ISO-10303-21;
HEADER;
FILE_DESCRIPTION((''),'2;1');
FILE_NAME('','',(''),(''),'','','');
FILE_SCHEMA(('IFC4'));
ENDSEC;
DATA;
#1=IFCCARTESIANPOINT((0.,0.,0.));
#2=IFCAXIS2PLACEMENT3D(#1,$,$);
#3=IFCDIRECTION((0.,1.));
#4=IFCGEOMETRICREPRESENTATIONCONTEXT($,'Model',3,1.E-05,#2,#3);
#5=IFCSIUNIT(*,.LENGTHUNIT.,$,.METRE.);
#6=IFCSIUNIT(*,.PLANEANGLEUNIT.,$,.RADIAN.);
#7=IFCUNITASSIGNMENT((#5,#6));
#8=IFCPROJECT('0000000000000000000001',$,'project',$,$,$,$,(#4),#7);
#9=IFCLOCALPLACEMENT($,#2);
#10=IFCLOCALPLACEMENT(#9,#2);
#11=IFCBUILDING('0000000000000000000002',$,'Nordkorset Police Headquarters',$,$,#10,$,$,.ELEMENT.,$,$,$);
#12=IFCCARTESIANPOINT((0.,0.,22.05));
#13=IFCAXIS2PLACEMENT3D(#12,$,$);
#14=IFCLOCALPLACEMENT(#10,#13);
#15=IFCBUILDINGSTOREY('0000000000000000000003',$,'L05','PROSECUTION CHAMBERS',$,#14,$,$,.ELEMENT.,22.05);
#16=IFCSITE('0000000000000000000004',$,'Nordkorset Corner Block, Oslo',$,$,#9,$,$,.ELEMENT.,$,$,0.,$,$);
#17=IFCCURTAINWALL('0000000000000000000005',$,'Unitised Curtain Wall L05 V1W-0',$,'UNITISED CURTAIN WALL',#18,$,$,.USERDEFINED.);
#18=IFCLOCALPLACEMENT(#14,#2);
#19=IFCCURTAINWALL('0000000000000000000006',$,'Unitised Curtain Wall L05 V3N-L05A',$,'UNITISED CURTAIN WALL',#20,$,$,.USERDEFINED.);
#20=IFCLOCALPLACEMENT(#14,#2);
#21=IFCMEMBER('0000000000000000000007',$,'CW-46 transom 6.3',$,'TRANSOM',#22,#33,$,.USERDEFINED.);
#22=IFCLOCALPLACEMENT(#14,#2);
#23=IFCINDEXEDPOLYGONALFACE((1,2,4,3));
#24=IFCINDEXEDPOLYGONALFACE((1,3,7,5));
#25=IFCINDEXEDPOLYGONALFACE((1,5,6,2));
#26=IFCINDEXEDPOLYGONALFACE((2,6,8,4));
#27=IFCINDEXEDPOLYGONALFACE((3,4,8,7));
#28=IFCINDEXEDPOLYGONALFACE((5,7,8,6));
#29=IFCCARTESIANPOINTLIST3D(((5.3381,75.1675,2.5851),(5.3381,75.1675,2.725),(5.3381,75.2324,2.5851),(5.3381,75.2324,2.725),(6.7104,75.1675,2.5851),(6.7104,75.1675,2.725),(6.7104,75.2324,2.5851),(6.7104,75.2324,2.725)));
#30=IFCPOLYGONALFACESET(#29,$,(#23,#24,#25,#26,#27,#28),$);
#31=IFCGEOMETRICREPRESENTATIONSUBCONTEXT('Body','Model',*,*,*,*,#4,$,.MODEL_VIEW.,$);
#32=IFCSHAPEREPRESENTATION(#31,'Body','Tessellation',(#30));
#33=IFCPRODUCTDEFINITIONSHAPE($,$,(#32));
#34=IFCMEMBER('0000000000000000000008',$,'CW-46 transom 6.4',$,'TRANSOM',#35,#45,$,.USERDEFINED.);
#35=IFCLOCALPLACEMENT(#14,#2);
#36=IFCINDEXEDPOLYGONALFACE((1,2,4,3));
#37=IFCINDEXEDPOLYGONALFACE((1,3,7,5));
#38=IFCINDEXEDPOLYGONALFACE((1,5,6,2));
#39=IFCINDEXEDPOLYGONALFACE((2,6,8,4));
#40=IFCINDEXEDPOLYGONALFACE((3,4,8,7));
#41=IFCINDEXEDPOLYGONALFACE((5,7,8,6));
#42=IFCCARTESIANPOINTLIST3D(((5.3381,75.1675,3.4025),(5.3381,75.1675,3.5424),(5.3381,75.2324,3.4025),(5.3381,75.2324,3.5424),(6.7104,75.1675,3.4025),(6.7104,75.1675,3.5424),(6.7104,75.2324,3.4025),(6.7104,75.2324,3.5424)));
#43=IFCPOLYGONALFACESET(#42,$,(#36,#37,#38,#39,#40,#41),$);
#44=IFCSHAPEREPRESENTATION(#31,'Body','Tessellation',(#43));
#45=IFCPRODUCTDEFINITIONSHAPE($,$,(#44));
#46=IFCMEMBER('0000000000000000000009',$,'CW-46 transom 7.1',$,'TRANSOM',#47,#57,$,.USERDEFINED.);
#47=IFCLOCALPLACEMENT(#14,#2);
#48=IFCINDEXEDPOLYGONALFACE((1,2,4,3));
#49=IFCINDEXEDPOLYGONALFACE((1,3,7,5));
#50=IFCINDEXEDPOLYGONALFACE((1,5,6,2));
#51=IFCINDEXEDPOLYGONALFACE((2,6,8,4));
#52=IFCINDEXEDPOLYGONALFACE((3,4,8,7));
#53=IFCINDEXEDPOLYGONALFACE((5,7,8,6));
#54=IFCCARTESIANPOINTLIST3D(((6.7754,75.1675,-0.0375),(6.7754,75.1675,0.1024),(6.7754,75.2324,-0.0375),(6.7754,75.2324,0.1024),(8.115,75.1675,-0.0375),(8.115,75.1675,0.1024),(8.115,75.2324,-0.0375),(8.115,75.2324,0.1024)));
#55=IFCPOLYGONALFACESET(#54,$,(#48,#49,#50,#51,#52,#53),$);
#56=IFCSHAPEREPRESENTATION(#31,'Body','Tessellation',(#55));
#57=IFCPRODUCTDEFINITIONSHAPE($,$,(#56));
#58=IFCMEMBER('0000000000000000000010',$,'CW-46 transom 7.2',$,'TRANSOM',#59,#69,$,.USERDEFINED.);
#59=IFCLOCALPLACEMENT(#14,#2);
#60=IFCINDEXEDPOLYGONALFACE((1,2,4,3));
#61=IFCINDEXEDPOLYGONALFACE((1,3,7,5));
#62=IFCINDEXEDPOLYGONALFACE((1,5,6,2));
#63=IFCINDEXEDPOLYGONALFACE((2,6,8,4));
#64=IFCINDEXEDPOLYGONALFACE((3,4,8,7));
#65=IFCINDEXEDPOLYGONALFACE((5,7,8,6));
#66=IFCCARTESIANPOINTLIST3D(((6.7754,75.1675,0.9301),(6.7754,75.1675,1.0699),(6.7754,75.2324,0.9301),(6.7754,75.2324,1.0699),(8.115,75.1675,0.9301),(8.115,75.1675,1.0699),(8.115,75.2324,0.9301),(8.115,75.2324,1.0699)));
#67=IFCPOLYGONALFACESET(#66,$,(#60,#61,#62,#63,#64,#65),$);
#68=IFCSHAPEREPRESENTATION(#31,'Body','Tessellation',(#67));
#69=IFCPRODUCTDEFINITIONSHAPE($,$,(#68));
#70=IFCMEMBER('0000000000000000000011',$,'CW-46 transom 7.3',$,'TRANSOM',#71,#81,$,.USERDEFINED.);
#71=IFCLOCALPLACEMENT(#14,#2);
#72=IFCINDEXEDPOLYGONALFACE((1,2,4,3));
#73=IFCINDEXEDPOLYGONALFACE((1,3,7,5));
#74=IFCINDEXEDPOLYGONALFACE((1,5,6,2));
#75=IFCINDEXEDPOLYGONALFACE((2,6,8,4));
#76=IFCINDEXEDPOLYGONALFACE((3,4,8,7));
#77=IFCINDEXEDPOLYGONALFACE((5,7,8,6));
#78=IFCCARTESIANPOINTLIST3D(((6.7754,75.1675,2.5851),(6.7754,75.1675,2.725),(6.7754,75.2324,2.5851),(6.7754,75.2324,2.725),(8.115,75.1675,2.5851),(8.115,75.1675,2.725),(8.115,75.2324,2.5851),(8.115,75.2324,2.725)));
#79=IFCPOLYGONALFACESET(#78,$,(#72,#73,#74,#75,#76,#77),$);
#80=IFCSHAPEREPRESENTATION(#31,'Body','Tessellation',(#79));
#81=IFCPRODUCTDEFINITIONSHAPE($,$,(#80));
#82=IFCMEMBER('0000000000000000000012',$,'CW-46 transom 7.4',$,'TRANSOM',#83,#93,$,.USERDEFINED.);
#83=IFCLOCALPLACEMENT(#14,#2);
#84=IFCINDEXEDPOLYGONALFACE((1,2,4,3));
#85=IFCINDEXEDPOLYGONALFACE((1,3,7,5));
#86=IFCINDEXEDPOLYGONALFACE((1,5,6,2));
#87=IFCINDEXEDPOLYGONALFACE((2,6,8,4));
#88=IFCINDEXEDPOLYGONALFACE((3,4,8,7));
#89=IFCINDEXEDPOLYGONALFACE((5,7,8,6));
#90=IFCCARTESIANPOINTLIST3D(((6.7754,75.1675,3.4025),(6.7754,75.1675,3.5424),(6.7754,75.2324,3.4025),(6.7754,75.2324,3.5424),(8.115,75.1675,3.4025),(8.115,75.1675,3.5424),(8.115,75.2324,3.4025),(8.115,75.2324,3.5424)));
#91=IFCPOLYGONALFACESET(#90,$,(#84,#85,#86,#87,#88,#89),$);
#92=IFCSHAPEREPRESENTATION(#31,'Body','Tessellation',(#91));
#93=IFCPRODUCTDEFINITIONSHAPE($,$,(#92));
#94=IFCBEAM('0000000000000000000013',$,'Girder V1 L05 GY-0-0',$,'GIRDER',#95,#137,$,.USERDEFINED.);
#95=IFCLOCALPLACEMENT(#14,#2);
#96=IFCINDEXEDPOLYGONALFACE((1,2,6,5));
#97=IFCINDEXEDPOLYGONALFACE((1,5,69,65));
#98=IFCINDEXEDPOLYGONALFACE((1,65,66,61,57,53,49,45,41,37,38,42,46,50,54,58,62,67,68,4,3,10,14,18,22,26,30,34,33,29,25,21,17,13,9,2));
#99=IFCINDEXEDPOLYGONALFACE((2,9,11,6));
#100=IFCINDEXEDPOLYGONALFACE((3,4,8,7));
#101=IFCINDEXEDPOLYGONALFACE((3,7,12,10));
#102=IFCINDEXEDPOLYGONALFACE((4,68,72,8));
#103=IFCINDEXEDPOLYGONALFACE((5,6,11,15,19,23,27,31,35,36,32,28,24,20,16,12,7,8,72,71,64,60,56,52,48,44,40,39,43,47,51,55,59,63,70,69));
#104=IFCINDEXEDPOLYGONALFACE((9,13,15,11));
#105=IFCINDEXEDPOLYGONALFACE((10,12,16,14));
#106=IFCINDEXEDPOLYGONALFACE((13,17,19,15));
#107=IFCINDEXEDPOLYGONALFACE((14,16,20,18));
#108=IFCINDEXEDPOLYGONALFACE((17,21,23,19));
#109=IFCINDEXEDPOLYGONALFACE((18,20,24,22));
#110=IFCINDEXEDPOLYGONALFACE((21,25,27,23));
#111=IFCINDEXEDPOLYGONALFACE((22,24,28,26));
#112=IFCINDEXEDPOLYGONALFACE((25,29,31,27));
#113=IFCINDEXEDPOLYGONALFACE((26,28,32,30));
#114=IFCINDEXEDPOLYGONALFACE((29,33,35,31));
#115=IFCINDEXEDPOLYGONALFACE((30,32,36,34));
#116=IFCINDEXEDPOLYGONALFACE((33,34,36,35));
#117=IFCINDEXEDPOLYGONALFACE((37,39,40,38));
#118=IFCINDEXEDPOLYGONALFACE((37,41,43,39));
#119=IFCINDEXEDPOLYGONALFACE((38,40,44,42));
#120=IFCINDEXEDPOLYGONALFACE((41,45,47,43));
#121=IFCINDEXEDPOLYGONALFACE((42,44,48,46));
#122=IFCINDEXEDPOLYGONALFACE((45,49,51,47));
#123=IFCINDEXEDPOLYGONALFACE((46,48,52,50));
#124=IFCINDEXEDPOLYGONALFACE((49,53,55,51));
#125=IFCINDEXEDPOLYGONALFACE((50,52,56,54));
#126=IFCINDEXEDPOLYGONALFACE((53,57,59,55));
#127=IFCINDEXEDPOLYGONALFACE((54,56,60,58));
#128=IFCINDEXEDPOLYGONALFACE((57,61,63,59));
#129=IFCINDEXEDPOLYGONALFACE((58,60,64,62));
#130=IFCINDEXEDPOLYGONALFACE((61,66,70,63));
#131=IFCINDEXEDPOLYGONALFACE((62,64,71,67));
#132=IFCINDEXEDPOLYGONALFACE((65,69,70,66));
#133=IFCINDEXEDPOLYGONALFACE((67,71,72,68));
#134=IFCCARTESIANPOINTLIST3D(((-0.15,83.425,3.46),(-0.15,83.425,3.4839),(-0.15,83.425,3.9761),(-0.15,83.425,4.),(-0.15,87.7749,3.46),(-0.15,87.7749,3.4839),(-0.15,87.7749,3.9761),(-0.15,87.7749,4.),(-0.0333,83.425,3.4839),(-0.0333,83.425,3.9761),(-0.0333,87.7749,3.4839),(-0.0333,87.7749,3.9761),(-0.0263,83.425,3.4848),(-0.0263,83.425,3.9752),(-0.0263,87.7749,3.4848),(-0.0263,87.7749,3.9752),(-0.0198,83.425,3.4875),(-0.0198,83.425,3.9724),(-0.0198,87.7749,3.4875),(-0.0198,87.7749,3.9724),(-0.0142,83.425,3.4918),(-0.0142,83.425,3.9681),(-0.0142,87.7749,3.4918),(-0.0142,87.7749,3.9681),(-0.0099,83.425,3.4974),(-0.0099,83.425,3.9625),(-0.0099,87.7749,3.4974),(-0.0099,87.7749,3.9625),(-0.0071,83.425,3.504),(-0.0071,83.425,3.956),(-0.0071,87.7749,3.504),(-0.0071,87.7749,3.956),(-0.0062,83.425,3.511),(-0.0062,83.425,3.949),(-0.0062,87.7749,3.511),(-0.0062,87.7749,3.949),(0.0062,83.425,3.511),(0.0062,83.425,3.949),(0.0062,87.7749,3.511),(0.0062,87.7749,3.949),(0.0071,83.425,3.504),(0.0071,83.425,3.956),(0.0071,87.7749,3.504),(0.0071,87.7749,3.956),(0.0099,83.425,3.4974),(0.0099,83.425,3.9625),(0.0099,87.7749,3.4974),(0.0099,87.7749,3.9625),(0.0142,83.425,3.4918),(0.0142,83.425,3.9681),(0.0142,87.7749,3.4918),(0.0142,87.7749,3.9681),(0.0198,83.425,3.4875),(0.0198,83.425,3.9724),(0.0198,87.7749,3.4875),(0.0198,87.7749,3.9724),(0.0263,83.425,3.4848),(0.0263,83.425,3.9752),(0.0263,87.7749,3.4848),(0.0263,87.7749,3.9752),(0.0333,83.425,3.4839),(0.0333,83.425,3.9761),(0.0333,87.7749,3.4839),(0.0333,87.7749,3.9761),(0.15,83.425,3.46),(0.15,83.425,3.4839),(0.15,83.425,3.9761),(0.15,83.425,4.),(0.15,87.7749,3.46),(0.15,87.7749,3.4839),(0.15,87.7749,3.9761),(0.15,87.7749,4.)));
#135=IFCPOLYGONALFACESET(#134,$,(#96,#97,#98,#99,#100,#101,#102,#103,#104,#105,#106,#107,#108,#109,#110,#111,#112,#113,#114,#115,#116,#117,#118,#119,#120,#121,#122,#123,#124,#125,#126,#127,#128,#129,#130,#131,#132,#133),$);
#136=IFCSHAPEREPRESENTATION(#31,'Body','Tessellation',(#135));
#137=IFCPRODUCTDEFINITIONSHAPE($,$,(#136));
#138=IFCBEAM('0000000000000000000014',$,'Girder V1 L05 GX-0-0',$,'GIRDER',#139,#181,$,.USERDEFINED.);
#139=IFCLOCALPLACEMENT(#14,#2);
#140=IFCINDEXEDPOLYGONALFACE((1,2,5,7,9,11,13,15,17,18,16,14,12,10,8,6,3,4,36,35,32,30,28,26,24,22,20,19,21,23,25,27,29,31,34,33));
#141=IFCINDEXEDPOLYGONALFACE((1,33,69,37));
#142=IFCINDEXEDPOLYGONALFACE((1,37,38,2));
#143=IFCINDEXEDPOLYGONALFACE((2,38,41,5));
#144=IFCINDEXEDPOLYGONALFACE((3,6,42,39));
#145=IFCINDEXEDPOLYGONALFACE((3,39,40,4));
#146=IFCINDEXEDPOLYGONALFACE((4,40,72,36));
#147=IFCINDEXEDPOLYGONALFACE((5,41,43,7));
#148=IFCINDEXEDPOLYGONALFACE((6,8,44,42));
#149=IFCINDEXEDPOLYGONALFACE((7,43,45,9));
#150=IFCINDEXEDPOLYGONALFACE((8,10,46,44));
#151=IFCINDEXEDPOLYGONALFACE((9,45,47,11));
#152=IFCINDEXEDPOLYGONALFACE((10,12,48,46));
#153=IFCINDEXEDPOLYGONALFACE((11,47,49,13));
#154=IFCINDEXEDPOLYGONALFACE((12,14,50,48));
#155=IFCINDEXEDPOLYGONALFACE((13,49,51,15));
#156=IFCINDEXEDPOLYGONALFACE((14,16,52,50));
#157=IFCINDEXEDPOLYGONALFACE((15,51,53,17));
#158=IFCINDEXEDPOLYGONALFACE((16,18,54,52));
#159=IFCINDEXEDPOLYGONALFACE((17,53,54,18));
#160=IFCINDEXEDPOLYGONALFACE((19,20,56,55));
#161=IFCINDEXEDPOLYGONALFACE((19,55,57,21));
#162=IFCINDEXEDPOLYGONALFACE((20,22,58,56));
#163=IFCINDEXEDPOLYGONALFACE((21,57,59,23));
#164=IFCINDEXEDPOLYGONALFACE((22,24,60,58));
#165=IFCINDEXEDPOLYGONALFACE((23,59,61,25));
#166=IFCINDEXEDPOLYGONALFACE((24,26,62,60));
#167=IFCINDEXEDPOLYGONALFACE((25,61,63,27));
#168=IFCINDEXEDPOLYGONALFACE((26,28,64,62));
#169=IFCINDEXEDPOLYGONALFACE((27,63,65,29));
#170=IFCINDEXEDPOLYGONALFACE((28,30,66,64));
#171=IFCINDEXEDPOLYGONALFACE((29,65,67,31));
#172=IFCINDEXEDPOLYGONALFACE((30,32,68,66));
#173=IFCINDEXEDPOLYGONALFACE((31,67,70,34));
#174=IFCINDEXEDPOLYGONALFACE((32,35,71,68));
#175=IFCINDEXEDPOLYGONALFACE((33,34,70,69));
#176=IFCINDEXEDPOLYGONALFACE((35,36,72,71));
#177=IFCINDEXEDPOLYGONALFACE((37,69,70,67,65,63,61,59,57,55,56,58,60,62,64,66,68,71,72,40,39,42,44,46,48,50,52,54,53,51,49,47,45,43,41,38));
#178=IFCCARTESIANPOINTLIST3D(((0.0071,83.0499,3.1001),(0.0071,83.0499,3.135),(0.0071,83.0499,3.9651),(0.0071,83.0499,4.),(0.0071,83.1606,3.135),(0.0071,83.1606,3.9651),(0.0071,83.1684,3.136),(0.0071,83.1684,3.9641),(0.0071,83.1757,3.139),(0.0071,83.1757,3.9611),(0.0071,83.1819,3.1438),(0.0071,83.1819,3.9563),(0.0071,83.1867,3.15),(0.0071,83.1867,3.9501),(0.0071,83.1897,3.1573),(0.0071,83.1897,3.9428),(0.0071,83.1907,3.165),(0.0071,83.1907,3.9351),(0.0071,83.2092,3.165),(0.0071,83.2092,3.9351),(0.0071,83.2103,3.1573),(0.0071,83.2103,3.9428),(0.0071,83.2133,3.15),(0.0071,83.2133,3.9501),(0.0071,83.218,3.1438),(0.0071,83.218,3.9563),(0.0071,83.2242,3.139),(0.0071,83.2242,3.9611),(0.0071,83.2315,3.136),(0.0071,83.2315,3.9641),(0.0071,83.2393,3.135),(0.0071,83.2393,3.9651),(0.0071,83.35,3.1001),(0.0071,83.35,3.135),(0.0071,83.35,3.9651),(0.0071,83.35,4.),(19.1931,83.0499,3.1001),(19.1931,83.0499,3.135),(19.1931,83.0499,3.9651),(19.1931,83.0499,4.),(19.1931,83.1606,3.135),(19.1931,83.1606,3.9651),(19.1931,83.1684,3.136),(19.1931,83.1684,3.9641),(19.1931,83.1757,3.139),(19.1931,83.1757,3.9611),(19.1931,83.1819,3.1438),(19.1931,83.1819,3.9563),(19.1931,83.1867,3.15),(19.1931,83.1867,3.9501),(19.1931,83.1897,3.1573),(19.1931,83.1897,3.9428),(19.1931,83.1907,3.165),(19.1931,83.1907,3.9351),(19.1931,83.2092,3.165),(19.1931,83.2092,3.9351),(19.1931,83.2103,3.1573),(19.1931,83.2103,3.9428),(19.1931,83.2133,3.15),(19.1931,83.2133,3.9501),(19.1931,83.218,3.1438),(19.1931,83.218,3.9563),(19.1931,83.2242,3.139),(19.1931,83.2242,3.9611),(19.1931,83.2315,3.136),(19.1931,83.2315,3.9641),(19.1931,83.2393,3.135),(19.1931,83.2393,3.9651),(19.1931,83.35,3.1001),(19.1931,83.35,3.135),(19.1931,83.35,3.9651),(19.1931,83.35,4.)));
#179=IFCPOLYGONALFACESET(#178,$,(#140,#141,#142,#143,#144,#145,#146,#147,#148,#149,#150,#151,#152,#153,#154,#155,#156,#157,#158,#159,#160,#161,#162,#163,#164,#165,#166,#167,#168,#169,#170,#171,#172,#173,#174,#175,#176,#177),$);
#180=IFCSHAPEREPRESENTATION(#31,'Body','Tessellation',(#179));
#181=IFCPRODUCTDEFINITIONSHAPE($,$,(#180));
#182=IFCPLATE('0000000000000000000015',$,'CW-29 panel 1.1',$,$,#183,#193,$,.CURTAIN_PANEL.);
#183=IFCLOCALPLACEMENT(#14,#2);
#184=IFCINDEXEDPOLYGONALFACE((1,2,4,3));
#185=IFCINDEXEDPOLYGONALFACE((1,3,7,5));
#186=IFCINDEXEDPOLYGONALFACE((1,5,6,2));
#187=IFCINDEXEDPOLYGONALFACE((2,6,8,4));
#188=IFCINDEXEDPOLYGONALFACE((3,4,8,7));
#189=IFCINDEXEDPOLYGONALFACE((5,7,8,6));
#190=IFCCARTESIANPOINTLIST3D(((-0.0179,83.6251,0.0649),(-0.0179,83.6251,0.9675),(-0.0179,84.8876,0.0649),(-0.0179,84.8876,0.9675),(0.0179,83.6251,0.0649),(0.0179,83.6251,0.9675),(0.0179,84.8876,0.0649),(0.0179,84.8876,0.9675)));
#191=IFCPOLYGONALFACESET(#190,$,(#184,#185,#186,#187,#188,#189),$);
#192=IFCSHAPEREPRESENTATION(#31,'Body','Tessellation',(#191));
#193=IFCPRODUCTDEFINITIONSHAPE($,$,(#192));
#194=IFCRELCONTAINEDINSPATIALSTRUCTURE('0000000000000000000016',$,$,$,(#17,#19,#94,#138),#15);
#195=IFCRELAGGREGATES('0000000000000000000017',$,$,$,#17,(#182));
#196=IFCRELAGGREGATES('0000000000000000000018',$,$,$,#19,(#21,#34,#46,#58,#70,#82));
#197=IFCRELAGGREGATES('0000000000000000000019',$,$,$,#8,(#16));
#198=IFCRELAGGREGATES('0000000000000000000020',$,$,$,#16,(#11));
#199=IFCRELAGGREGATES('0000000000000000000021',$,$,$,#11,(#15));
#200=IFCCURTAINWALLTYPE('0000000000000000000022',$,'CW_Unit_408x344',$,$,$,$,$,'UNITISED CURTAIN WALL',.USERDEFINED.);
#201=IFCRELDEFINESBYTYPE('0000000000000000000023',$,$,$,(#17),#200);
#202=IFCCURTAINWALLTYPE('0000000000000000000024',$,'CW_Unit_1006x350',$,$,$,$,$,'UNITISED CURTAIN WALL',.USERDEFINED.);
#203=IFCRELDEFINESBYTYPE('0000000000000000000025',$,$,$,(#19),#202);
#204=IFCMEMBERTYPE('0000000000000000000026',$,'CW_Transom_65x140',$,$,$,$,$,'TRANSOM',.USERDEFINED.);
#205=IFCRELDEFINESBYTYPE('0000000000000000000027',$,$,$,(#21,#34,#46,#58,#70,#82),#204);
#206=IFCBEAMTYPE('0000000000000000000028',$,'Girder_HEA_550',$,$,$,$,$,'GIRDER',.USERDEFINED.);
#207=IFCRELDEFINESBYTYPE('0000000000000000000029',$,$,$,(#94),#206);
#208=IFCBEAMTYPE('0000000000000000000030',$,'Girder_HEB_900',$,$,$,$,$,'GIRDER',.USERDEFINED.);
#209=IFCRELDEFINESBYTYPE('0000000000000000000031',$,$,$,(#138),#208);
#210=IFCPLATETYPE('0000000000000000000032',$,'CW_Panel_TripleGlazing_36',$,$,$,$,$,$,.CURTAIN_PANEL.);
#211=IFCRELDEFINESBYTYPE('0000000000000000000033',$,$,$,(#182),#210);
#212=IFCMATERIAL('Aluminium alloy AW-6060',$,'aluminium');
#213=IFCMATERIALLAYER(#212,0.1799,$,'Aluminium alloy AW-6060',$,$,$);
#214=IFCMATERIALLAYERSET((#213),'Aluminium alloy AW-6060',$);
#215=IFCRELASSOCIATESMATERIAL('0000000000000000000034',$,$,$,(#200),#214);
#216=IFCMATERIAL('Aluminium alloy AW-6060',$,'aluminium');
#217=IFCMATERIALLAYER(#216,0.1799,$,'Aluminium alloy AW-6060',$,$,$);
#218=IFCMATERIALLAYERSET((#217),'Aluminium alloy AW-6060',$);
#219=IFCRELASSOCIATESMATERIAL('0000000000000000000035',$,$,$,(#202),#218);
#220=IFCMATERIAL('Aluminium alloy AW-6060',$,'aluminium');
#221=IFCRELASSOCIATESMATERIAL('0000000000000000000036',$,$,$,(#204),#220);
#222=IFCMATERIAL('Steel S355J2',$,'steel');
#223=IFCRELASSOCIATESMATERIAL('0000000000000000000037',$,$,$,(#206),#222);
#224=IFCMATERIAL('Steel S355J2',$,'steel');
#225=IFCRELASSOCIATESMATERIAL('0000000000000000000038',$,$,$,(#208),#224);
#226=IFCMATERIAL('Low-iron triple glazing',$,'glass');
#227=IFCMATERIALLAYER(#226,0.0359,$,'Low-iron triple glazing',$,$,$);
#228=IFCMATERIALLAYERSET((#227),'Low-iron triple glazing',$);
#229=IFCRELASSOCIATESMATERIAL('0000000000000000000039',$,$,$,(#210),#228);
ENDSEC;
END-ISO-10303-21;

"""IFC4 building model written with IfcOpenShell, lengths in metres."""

from ifc_helpers import new_model, si_unit, direction, frame, origin, origin_2d, place, context, subcontext, project, spatial, rectangle, i_section, extrude, material, layer, layer_set, material_profile, profile_set, type_object, element, aggregate, save


model = new_model("IFC4")

# Units and contexts
model_context = context("Model", 3, precision=1e-05, world=origin(), true_north=direction((0.0, 1.0)))
body_context = subcontext(model_context, "Body", "Model", "MODEL_VIEW")
ifc_project = project(units=[si_unit("LENGTHUNIT", "METRE"), si_unit("PLANEANGLEUNIT", "RADIAN")], contexts=[model_context])

# Site, building, storey
site_placement = place(None, origin())
site = spatial("IfcSite", under=ifc_project, at=site_placement, Name="Nordkorset Corner Block, Oslo", CompositionType="ELEMENT", RefElevation=0.0)
building_placement = place(site_placement, origin())
building = spatial("IfcBuilding", under=site, at=building_placement, Name="Nordkorset Police Headquarters", CompositionType="ELEMENT")
storey_placement = place(building_placement, frame((0.0, 0.0, 22.05)))
storey = spatial("IfcBuildingStorey", under=building, at=storey_placement, Name="L05", Description="PROSECUTION CHAMBERS", CompositionType="ELEMENT", Elevation=22.05)

# Curtain wall
ifc_material_1 = material(Name="Aluminium alloy AW-6060", Category="aluminium")
ifc_layer_1 = layer(ifc_material_1, 0.1799, Name="Aluminium alloy AW-6060")
ifc_layer_set_1 = layer_set([ifc_layer_1], Name="Aluminium alloy AW-6060")
curtain_wall_type_1 = type_object("IfcCurtainWallType", Name="CW_Unit_408x344", ElementType="UNITISED CURTAIN WALL", PredefinedType="USERDEFINED", material=ifc_layer_set_1)
curtain_wall_1_placement = place(storey_placement, origin())
curtain_wall_1 = element("IfcCurtainWall", 1, at=curtain_wall_1_placement, inside=storey, type_object=curtain_wall_type_1, Name="Unitised Curtain Wall L05 V1W-0", ObjectType="UNITISED CURTAIN WALL", PredefinedType="USERDEFINED")

# Curtain wall
ifc_material_2 = material(Name="Aluminium alloy AW-6060", Category="aluminium")
ifc_layer_2 = layer(ifc_material_2, 0.1799, Name="Aluminium alloy AW-6060")
ifc_layer_set_2 = layer_set([ifc_layer_2], Name="Aluminium alloy AW-6060")
curtain_wall_type_2 = type_object("IfcCurtainWallType", Name="CW_Unit_1006x350", ElementType="UNITISED CURTAIN WALL", PredefinedType="USERDEFINED", material=ifc_layer_set_2)
curtain_wall_2_placement = place(storey_placement, origin())
curtain_wall_2 = element("IfcCurtainWall", 2, at=curtain_wall_2_placement, inside=storey, type_object=curtain_wall_type_2, Name="Unitised Curtain Wall L05 V3N-L05A", ObjectType="UNITISED CURTAIN WALL", PredefinedType="USERDEFINED")

# Members
ifc_material_3 = material(Name="Aluminium alloy AW-6060", Category="aluminium")
ifc_material_profile_1 = material_profile(ifc_material_3, rectangle(XDim=0.0649, YDim=0.1399, at=origin_2d()), Name="ALU TRAN 65x140")
ifc_profile_set_1 = profile_set([ifc_material_profile_1], Name="Aluminium alloy AW-6060")
member_type_1 = type_object("IfcMemberType", Name="CW_Transom_65x140", ElementType="TRANSOM", PredefinedType="USERDEFINED", material=ifc_profile_set_1)
member_1_placement = place(storey_placement, frame((5.3381, 75.2, 2.655), z_axis=(1.0, 0.0, 0.0), x_axis=(0.0, 1.0, 0.0)))
member_1 = element("IfcMember", 3, at=member_1_placement, type_object=member_type_1, Name="CW-46 transom 6.3", ObjectType="TRANSOM", PredefinedType="USERDEFINED", context=body_context, shape_type="SweptSolid", body=[
    extrude(rectangle(XDim=0.0649, YDim=0.1399, at=origin_2d()), origin(), (0.0, 0.0, 1.0), 1.3723),
])
member_2_placement = place(storey_placement, frame((5.3381, 75.2, 3.4724), z_axis=(1.0, 0.0, 0.0), x_axis=(0.0, 1.0, 0.0)))
member_2 = element("IfcMember", 4, at=member_2_placement, type_object=member_type_1, Name="CW-46 transom 6.4", ObjectType="TRANSOM", PredefinedType="USERDEFINED", context=body_context, shape_type="SweptSolid", body=[
    extrude(rectangle(XDim=0.0649, YDim=0.1399, at=origin_2d()), origin(), (0.0, 0.0, 1.0), 1.3723),
])
member_3_placement = place(storey_placement, frame((6.7754, 75.2, 0.0325), z_axis=(1.0, 0.0, 0.0), x_axis=(0.0, 1.0, 0.0)))
member_3 = element("IfcMember", 5, at=member_3_placement, type_object=member_type_1, Name="CW-46 transom 7.1", ObjectType="TRANSOM", PredefinedType="USERDEFINED", context=body_context, shape_type="SweptSolid", body=[
    extrude(rectangle(XDim=0.0649, YDim=0.1399, at=origin_2d()), origin(), (0.0, 0.0, 1.0), 1.3396),
])
member_4_placement = place(storey_placement, frame((6.7754, 75.2, 1.0), z_axis=(1.0, 0.0, 0.0), x_axis=(0.0, 1.0, 0.0)))
member_4 = element("IfcMember", 6, at=member_4_placement, type_object=member_type_1, Name="CW-46 transom 7.2", ObjectType="TRANSOM", PredefinedType="USERDEFINED", context=body_context, shape_type="SweptSolid", body=[
    extrude(rectangle(XDim=0.0649, YDim=0.1399, at=origin_2d()), origin(), (0.0, 0.0, 1.0), 1.3396),
])
member_5_placement = place(storey_placement, frame((6.7754, 75.2, 2.655), z_axis=(1.0, 0.0, 0.0), x_axis=(0.0, 1.0, 0.0)))
member_5 = element("IfcMember", 7, at=member_5_placement, type_object=member_type_1, Name="CW-46 transom 7.3", ObjectType="TRANSOM", PredefinedType="USERDEFINED", context=body_context, shape_type="SweptSolid", body=[
    extrude(rectangle(XDim=0.0649, YDim=0.1399, at=origin_2d()), origin(), (0.0, 0.0, 1.0), 1.3396),
])
member_6_placement = place(storey_placement, frame((6.7754, 75.2, 3.4724), z_axis=(1.0, 0.0, 0.0), x_axis=(0.0, 1.0, 0.0)))
member_6 = element("IfcMember", 8, at=member_6_placement, type_object=member_type_1, Name="CW-46 transom 7.4", ObjectType="TRANSOM", PredefinedType="USERDEFINED", context=body_context, shape_type="SweptSolid", body=[
    extrude(rectangle(XDim=0.0649, YDim=0.1399, at=origin_2d()), origin(), (0.0, 0.0, 1.0), 1.3396),
])

# Beams
ifc_material_4 = material(Name="Steel S355J2", Category="steel")
ifc_material_profile_2 = material_profile(ifc_material_4, i_section(OverallWidth=0.3, OverallDepth=0.54, WebThickness=0.0125, FlangeThickness=0.0239, FilletRadius=0.0271, at=origin_2d()), Name="HEA 550")
ifc_profile_set_2 = profile_set([ifc_material_profile_2], Name="Steel S355J2")
beam_type_1 = type_object("IfcBeamType", Name="Girder_HEA_550", ElementType="GIRDER", PredefinedType="USERDEFINED", material=ifc_profile_set_2)
beam_1_placement = place(storey_placement, frame((0.0, 83.425, 3.73), z_axis=(0.0, 1.0, 0.0), x_axis=(-1.0, 0.0, 0.0)))
element("IfcBeam", 9, at=beam_1_placement, inside=storey, type_object=beam_type_1, Name="Girder V1 L05 GY-0-0", ObjectType="GIRDER", PredefinedType="USERDEFINED", context=body_context, shape_type="SweptSolid", body=[
    extrude(i_section(OverallWidth=0.3, OverallDepth=0.54, WebThickness=0.0125, FlangeThickness=0.0239, FilletRadius=0.0271, at=origin_2d()), origin(), (0.0, 0.0, 1.0), 4.3499),
])
ifc_material_5 = material(Name="Steel S355J2", Category="steel")
ifc_material_profile_3 = material_profile(ifc_material_5, i_section(OverallWidth=0.3, OverallDepth=0.8999, WebThickness=0.0186, FlangeThickness=0.0349, FilletRadius=0.03, at=origin_2d()), Name="HEB 900")
ifc_profile_set_3 = profile_set([ifc_material_profile_3], Name="Steel S355J2")
beam_type_2 = type_object("IfcBeamType", Name="Girder_HEB_900", ElementType="GIRDER", PredefinedType="USERDEFINED", material=ifc_profile_set_3)
beam_2_placement = place(storey_placement, frame((0.0071, 83.2, 3.55), z_axis=(1.0, 0.0, 0.0), x_axis=(0.0, 1.0, 0.0)))
element("IfcBeam", 10, at=beam_2_placement, inside=storey, type_object=beam_type_2, Name="Girder V1 L05 GX-0-0", ObjectType="GIRDER", PredefinedType="USERDEFINED", context=body_context, shape_type="SweptSolid", body=[
    extrude(i_section(OverallWidth=0.3, OverallDepth=0.8999, WebThickness=0.0186, FlangeThickness=0.0349, FilletRadius=0.03, at=origin_2d()), origin(), (0.0, 0.0, 1.0), 19.186),
])

# Plate
ifc_material_6 = material(Name="Low-iron triple glazing", Category="glass")
ifc_layer_3 = layer(ifc_material_6, 0.0359, Name="Low-iron triple glazing")
ifc_layer_set_3 = layer_set([ifc_layer_3], Name="Low-iron triple glazing")
plate_type = type_object("IfcPlateType", Name="CW_Panel_TripleGlazing_36", PredefinedType="CURTAIN_PANEL", material=ifc_layer_set_3)
plate_1_placement = place(storey_placement, frame((0.0, 84.2563, 0.0649), z_axis=(0.0, 0.0, 1.0), x_axis=(0.0, 1.0, 0.0)))
plate_1 = element("IfcPlate", 11, at=plate_1_placement, type_object=plate_type, Name="CW-29 panel 1.1", PredefinedType="CURTAIN_PANEL", context=body_context, shape_type="SweptSolid", body=[
    extrude(rectangle(XDim=1.2625, YDim=0.0359, at=origin_2d()), origin(), (0.0, 0.0, 1.0), 0.9026),
])
aggregate(curtain_wall_1, [plate_1])
aggregate(curtain_wall_2, [member_1, member_2, member_3, member_4, member_5, member_6])

save(model, "model.ifc")
